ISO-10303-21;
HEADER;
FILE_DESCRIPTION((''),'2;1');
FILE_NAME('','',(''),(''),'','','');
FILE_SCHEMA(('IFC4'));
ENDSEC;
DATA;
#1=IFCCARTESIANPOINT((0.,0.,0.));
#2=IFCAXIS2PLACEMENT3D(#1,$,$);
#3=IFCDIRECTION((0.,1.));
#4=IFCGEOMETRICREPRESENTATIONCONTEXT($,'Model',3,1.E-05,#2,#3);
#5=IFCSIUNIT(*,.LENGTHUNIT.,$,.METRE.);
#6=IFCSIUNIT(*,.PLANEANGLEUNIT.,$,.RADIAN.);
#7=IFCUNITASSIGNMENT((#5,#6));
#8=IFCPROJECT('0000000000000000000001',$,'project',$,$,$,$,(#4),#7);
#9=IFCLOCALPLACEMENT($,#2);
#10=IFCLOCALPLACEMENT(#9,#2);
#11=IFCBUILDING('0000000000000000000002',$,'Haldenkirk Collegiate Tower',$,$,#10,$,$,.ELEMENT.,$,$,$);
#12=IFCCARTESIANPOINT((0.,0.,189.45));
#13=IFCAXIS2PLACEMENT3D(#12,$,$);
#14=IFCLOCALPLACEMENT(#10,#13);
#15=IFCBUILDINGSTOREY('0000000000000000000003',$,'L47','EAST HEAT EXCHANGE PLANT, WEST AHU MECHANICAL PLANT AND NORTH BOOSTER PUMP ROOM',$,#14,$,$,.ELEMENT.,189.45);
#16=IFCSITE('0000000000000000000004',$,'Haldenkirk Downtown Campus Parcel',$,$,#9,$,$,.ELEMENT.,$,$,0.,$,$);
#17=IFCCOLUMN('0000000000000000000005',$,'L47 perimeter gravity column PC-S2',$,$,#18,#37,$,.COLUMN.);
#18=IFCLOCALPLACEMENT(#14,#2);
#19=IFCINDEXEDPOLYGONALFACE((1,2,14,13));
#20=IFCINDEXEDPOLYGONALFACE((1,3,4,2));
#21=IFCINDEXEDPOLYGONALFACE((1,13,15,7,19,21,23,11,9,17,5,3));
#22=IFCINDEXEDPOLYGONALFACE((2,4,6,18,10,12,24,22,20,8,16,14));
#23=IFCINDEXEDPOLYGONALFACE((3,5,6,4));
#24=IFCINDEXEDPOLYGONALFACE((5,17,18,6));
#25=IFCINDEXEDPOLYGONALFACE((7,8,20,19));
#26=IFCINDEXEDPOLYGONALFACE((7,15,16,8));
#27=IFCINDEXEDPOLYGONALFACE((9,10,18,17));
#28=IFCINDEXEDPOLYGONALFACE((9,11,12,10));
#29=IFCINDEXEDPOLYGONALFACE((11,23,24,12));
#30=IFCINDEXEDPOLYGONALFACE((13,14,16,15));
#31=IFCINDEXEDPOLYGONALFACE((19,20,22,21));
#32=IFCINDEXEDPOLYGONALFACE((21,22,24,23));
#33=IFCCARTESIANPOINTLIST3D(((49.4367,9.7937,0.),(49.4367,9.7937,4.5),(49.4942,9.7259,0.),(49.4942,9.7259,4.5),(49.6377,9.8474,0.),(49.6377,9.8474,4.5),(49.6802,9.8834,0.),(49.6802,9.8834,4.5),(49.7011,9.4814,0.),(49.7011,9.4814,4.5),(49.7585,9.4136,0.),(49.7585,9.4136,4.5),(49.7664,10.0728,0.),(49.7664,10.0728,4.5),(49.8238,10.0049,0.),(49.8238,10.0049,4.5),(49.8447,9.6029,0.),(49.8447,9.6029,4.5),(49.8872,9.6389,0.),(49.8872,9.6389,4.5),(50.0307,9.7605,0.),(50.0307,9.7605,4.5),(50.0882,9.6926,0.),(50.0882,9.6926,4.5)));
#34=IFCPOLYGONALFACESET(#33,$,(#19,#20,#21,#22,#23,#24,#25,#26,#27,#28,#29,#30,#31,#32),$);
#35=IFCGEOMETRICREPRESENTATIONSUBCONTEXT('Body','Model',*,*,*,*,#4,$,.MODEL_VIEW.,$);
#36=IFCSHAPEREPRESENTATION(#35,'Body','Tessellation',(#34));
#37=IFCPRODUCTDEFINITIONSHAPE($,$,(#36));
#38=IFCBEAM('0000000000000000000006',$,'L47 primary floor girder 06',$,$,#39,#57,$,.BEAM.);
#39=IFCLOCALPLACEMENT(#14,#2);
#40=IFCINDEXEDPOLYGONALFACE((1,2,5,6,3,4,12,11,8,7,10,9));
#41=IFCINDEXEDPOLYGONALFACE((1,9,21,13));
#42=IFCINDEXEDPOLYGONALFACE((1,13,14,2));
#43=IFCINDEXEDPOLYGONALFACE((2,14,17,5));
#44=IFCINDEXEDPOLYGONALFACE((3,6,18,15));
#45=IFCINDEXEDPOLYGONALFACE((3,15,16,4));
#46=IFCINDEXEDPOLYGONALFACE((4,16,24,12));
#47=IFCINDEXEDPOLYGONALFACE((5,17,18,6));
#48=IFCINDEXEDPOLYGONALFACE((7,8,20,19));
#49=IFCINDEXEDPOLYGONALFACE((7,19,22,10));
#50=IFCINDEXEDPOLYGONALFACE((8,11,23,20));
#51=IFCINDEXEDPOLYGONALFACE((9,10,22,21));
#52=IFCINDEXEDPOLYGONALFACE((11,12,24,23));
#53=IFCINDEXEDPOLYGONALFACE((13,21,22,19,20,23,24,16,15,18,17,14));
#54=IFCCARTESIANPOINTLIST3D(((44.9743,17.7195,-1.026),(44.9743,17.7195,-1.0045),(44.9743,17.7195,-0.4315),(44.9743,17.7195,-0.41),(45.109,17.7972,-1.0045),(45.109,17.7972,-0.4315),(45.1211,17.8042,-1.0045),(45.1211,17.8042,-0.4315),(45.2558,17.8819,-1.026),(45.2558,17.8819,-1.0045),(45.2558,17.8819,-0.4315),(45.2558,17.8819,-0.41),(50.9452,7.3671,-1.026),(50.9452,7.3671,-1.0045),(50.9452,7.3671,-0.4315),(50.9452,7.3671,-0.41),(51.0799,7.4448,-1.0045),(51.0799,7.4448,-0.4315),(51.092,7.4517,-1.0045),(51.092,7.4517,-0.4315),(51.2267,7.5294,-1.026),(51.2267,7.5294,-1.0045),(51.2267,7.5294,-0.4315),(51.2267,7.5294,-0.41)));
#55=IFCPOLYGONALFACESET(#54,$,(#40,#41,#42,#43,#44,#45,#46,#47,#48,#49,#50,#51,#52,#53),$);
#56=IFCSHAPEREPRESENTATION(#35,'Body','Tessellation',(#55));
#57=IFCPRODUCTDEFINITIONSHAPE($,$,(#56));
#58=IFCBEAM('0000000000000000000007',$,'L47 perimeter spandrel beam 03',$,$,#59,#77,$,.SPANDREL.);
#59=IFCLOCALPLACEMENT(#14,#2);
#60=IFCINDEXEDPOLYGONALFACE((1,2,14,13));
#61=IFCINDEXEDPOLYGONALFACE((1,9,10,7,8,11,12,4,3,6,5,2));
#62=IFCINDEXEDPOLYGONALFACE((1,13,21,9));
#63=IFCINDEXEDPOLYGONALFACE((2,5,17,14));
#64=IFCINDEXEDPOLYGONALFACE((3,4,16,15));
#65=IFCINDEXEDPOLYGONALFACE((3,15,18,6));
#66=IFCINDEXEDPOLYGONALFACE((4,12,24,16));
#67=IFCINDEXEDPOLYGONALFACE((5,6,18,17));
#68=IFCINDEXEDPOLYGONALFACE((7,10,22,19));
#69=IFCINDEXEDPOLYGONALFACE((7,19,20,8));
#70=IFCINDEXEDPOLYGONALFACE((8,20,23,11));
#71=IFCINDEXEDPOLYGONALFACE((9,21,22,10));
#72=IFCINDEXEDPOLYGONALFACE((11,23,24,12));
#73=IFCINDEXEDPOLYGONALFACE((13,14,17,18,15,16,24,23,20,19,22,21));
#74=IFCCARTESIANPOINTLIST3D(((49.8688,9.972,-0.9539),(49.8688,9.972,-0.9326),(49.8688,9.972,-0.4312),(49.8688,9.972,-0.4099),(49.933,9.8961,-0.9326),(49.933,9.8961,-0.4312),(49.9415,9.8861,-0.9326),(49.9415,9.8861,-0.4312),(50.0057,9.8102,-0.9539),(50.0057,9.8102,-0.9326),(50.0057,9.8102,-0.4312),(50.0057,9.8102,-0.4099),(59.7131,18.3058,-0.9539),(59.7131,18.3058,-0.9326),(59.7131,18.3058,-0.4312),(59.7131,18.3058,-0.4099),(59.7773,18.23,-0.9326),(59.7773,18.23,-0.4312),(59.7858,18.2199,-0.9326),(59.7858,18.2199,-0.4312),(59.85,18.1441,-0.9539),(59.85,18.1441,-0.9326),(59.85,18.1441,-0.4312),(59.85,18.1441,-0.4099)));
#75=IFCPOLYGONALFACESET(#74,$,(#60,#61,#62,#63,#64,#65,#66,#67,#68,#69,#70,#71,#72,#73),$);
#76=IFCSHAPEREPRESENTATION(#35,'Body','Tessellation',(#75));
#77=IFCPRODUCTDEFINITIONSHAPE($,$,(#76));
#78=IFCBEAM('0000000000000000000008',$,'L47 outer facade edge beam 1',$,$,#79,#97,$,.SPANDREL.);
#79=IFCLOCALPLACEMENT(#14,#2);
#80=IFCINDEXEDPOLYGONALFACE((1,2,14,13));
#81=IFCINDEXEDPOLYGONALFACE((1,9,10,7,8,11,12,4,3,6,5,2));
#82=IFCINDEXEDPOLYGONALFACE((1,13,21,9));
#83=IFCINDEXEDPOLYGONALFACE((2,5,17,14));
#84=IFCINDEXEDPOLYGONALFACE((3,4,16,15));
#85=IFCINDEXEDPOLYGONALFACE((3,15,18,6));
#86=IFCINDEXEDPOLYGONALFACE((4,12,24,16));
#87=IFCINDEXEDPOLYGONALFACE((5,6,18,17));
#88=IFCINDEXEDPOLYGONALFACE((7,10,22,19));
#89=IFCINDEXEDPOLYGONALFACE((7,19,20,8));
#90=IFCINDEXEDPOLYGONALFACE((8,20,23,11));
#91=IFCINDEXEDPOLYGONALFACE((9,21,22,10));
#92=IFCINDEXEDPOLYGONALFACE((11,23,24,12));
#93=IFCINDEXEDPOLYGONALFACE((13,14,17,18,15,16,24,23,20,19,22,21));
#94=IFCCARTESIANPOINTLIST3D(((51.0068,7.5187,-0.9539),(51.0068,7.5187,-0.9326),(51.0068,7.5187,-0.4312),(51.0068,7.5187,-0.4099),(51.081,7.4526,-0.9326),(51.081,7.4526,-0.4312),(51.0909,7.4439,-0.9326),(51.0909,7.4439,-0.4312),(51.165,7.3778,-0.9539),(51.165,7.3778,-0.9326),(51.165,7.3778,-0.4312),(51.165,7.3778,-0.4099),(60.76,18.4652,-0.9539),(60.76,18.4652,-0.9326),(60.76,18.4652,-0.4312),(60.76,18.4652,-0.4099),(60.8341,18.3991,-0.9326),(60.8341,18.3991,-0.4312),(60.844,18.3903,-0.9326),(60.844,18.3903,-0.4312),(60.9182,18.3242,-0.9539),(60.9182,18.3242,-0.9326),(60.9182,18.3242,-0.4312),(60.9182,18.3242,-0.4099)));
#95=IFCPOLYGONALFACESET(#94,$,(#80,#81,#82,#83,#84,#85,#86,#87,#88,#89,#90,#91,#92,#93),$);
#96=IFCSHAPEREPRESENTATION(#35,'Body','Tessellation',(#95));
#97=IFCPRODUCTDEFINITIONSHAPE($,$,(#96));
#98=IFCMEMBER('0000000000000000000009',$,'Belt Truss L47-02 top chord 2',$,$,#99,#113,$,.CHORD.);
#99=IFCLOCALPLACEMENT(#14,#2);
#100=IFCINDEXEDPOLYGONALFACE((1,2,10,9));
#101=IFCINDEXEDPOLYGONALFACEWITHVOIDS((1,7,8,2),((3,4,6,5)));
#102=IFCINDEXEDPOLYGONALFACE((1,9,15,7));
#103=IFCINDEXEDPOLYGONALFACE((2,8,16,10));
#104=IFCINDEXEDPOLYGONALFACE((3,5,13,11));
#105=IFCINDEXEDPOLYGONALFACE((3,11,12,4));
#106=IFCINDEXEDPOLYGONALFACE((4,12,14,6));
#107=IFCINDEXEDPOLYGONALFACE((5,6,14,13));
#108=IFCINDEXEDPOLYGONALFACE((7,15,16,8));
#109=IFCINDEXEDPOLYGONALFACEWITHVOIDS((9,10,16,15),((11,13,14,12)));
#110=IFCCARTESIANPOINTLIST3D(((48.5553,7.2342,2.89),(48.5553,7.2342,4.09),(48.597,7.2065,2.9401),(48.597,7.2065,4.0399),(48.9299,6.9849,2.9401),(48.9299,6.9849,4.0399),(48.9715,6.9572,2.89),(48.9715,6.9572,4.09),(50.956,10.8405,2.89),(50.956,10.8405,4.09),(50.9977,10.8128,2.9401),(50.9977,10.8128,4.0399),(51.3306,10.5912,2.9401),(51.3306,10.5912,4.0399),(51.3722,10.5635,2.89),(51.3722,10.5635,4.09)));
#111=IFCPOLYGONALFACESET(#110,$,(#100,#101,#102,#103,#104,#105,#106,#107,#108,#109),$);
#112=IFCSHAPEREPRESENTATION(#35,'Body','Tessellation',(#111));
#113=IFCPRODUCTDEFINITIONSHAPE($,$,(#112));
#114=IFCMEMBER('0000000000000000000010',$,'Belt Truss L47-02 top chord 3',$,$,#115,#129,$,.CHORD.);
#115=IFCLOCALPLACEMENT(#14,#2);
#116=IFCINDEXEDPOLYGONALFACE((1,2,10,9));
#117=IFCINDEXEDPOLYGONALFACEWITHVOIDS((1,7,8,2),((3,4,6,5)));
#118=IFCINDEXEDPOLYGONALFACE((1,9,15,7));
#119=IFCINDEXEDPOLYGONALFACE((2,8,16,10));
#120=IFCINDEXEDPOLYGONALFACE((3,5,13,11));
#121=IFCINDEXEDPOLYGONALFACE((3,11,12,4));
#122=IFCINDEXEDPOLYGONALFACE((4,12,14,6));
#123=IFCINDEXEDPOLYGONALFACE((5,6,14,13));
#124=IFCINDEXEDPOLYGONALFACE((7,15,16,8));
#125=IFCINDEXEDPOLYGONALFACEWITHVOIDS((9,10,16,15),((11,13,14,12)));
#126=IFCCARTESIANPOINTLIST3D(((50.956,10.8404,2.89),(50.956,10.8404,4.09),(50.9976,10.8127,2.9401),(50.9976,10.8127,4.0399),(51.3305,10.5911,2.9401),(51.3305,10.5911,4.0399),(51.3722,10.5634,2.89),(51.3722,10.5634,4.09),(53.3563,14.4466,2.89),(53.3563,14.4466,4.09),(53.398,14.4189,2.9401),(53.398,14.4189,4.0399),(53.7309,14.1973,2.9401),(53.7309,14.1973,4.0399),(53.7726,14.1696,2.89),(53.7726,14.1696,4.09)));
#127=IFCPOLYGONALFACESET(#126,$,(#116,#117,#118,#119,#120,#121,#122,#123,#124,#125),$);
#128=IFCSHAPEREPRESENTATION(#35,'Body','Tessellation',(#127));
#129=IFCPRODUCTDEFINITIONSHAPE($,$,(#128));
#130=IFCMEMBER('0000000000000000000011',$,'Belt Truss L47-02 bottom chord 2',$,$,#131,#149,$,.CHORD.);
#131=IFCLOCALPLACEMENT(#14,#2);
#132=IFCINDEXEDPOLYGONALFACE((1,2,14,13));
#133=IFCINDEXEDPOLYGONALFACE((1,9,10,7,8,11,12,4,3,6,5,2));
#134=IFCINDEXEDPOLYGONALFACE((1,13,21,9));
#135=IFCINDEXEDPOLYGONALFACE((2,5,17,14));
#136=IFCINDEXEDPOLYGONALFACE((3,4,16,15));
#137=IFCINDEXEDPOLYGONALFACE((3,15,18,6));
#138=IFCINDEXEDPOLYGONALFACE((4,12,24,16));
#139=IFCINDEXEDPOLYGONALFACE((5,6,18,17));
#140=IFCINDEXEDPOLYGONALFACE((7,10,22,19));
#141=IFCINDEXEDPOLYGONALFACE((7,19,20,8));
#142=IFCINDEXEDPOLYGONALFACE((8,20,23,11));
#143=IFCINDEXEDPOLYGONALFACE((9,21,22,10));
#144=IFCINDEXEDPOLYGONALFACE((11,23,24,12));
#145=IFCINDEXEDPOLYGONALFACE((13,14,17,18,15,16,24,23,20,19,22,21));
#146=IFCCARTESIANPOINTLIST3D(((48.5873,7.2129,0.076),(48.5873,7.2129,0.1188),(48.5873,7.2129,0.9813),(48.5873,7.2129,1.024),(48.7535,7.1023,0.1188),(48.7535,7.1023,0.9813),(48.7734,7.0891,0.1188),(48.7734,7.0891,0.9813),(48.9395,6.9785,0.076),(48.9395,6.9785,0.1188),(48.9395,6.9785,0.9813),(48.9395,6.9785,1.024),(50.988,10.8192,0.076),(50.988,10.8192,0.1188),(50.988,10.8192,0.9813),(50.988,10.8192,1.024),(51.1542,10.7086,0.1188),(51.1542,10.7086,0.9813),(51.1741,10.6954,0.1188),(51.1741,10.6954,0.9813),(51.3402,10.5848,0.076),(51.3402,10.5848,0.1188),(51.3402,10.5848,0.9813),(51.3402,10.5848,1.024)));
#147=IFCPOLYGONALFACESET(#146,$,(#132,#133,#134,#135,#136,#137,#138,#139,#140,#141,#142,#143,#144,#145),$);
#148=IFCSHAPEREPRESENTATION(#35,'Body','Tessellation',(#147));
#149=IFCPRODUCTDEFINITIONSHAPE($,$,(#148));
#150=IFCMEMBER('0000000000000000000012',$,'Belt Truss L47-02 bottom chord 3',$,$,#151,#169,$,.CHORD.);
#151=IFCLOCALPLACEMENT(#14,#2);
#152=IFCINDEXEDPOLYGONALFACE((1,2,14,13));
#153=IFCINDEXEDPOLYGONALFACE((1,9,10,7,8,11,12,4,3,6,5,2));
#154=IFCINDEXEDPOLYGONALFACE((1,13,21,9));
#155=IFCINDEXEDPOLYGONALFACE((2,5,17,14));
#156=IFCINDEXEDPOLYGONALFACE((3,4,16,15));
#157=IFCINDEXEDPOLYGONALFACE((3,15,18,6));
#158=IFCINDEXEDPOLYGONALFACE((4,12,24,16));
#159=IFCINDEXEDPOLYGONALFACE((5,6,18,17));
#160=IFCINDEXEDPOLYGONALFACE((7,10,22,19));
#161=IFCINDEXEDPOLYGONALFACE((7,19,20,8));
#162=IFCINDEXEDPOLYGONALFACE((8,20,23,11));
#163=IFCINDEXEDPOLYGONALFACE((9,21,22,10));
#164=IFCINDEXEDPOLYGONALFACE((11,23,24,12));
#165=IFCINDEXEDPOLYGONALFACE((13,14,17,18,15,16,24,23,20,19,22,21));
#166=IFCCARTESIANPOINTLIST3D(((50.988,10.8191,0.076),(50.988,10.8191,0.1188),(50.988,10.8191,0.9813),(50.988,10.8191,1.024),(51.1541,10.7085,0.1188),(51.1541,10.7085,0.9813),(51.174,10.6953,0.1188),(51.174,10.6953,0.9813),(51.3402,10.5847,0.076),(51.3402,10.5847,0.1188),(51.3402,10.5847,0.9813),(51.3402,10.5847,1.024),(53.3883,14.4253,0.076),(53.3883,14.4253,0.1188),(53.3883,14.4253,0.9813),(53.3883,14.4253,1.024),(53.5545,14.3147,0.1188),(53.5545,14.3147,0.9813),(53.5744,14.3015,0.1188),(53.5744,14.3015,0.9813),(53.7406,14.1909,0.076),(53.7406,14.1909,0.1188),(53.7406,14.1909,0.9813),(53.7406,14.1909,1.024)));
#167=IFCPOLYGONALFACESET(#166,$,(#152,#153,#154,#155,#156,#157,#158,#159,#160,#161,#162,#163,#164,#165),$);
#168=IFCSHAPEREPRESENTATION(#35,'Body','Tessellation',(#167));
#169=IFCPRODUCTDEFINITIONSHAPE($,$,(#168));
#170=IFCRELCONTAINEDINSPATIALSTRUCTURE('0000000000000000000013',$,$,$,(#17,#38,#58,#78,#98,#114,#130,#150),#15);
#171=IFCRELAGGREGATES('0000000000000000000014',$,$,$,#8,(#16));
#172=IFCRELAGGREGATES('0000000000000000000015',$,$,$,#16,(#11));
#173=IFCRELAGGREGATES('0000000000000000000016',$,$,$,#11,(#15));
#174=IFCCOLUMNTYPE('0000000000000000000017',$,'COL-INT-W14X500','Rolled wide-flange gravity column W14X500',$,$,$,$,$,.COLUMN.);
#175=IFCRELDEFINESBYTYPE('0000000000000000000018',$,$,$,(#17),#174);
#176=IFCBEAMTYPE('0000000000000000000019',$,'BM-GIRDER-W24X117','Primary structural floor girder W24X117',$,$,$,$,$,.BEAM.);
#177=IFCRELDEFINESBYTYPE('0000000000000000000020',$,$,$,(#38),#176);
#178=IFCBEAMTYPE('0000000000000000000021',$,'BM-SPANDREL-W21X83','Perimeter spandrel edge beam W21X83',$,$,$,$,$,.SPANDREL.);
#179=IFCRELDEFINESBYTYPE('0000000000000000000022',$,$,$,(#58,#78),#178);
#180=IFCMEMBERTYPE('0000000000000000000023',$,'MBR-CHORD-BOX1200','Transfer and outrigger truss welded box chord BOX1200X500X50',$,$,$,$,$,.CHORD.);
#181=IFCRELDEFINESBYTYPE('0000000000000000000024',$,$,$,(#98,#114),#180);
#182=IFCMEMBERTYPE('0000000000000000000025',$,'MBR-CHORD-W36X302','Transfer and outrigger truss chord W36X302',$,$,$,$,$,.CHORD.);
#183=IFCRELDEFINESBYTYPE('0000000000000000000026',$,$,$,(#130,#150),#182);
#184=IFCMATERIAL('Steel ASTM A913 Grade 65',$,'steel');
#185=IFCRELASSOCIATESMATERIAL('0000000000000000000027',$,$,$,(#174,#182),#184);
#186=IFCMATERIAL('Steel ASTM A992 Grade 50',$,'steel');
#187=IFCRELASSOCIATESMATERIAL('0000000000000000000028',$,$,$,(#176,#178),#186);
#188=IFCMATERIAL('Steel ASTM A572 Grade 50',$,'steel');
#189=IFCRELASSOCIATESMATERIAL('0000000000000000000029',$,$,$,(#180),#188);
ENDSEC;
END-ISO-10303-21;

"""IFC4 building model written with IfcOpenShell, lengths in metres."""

from ifc_helpers import new_model, si_unit, direction, frame, origin, origin_2d, place, context, subcontext, project, spatial, hollow_rectangle, i_section, extrude, material, material_profile, profile_set, type_object, element, save


model = new_model("IFC4")

# Units and contexts
model_context = context("Model", 3, precision=1e-05, world=origin(), true_north=direction((0.0, 1.0)))
body_context = subcontext(model_context, "Body", "Model", "MODEL_VIEW")
ifc_project = project(units=[si_unit("LENGTHUNIT", "METRE"), si_unit("PLANEANGLEUNIT", "RADIAN")], contexts=[model_context])

# Site, building, storey
site_placement = place(None, origin())
site = spatial("IfcSite", under=ifc_project, at=site_placement, Name="Haldenkirk Downtown Campus Parcel", CompositionType="ELEMENT", RefElevation=0.0)
building_placement = place(site_placement, origin())
building = spatial("IfcBuilding", under=site, at=building_placement, Name="Haldenkirk Collegiate Tower", CompositionType="ELEMENT")
storey_placement = place(building_placement, frame((0.0, 0.0, 189.45)))
storey = spatial("IfcBuildingStorey", under=building, at=storey_placement, Name="L47", Description="EAST HEAT EXCHANGE PLANT, WEST AHU MECHANICAL PLANT AND NORTH BOOSTER PUMP ROOM", CompositionType="ELEMENT", Elevation=189.45)

# Column
ifc_material_1 = material(Name="Steel ASTM A913 Grade 65", Category="steel")
ifc_material_profile_1 = material_profile(ifc_material_1, i_section(OverallWidth=0.4319, OverallDepth=0.498, WebThickness=0.0557, FlangeThickness=0.0889, at=origin_2d()), Name="W14X500")
ifc_profile_set_1 = profile_set([ifc_material_profile_1], Name="Steel ASTM A913 Grade 65")
column_type = type_object("IfcColumnType", Name="COL-INT-W14X500", Description="Rolled wide-flange gravity column W14X500", PredefinedType="COLUMN", material=ifc_profile_set_1)
column_placement = place(storey_placement, frame((49.7625, 9.7432, 0.0), z_axis=(0.0, 0.0, 1.0), x_axis=(0.763232, 0.646124, 0.0)))
element("IfcColumn", 1, at=column_placement, inside=storey, type_object=column_type, Name="L47 perimeter gravity column PC-S2", PredefinedType="COLUMN", context=body_context, shape_type="SweptSolid", body=[
    extrude(i_section(OverallWidth=0.4319, OverallDepth=0.498, WebThickness=0.0557, FlangeThickness=0.0889, at=origin_2d()), origin(), (0.0, 0.0, 1.0), 4.5),
])

# Beams
ifc_material_2 = material(Name="Steel ASTM A992 Grade 50", Category="steel")
ifc_material_profile_2 = material_profile(ifc_material_2, i_section(OverallWidth=0.325, OverallDepth=0.616, WebThickness=0.0139, FlangeThickness=0.0215, at=origin_2d()), Name="W24X117")
ifc_profile_set_2 = profile_set([ifc_material_profile_2], Name="Steel ASTM A992 Grade 50")
beam_type_1 = type_object("IfcBeamType", Name="BM-GIRDER-W24X117", Description="Primary structural floor girder W24X117", PredefinedType="BEAM", material=ifc_profile_set_2)
beam_1_placement = place(storey_placement, frame((51.0859, 7.4482, -0.718), z_axis=(-0.499618, 0.866246, 0.0), x_axis=(-0.866246, -0.499618, 0.0)))
element("IfcBeam", 2, at=beam_1_placement, inside=storey, type_object=beam_type_1, Name="L47 primary floor girder 06", PredefinedType="BEAM", context=body_context, shape_type="SweptSolid", body=[
    extrude(i_section(OverallWidth=0.325, OverallDepth=0.616, WebThickness=0.0139, FlangeThickness=0.0215, at=origin_2d()), origin(), (0.0, 0.0, 1.0), 11.9509),
])
ifc_material_profile_3 = material_profile(ifc_material_2, i_section(OverallWidth=0.2119, OverallDepth=0.5439, WebThickness=0.0132, FlangeThickness=0.0212, at=origin_2d()), Name="W21X83")
ifc_profile_set_3 = profile_set([ifc_material_profile_3], Name="Steel ASTM A992 Grade 50")
beam_type_2 = type_object("IfcBeamType", Name="BM-SPANDREL-W21X83", Description="Perimeter spandrel edge beam W21X83", PredefinedType="SPANDREL", material=ifc_profile_set_3)
beam_2_placement = place(storey_placement, frame((49.9373, 9.8911, -0.6819), z_axis=(0.763233, 0.646123, 0.0), x_axis=(-0.646123, 0.763233, 0.0)))
element("IfcBeam", 3, at=beam_2_placement, inside=storey, type_object=beam_type_2, Name="L47 perimeter spandrel beam 03", PredefinedType="SPANDREL", context=body_context, shape_type="SweptSolid", body=[
    extrude(i_section(OverallWidth=0.2119, OverallDepth=0.5439, WebThickness=0.0132, FlangeThickness=0.0212, at=origin_2d()), origin(), (0.0, 0.0, 1.0), 12.8982),
])
beam_3_placement = place(storey_placement, frame((51.0859, 7.4482, -0.6819), z_axis=(0.665237, 0.746632, 0.0), x_axis=(-0.746632, 0.665237, 0.0)))
element("IfcBeam", 4, at=beam_3_placement, inside=storey, type_object=beam_type_2, Name="L47 outer facade edge beam 1", PredefinedType="SPANDREL", context=body_context, shape_type="SweptSolid", body=[
    extrude(i_section(OverallWidth=0.2119, OverallDepth=0.5439, WebThickness=0.0132, FlangeThickness=0.0212, at=origin_2d()), origin(), (0.0, 0.0, 1.0), 14.6611),
])

# Members
ifc_material_3 = material(Name="Steel ASTM A572 Grade 50", Category="steel")
ifc_material_profile_4 = material_profile(ifc_material_3, hollow_rectangle(XDim=0.5, YDim=1.2, WallThickness=0.05, at=origin_2d()), Name="BOX1200X500X50")
ifc_profile_set_4 = profile_set([ifc_material_profile_4], Name="Steel ASTM A572 Grade 50")
member_type_1 = type_object("IfcMemberType", Name="MBR-CHORD-BOX1200", Description="Transfer and outrigger truss welded box chord BOX1200X500X50", PredefinedType="CHORD", material=ifc_profile_set_4)
member_1_placement = place(storey_placement, frame((48.7634, 7.0957, 3.49), z_axis=(0.554141, 0.832423, 0.0), x_axis=(-0.832423, 0.554141, 0.0)))
element("IfcMember", 5, at=member_1_placement, inside=storey, type_object=member_type_1, Name="Belt Truss L47-02 top chord 2", PredefinedType="CHORD", context=body_context, shape_type="SweptSolid", body=[
    extrude(hollow_rectangle(XDim=0.5, YDim=1.2, WallThickness=0.05, at=origin_2d()), origin(), (0.0, 0.0, 1.0), 4.3323),
])
member_2_placement = place(storey_placement, frame((51.1641, 10.7019, 3.49), z_axis=(0.554102, 0.832449, 0.0), x_axis=(-0.832449, 0.554102, 0.0)))
element("IfcMember", 6, at=member_2_placement, inside=storey, type_object=member_type_1, Name="Belt Truss L47-02 top chord 3", PredefinedType="CHORD", context=body_context, shape_type="SweptSolid", body=[
    extrude(hollow_rectangle(XDim=0.5, YDim=1.2, WallThickness=0.05, at=origin_2d()), origin(), (0.0, 0.0, 1.0), 4.332),
])
ifc_material_profile_5 = material_profile(ifc_material_1, i_section(OverallWidth=0.4231, OverallDepth=0.948, WebThickness=0.0239, FlangeThickness=0.0427, at=origin_2d()), Name="W36X302")
ifc_profile_set_5 = profile_set([ifc_material_profile_5], Name="Steel ASTM A913 Grade 65")
member_type_2 = type_object("IfcMemberType", Name="MBR-CHORD-W36X302", Description="Transfer and outrigger truss chord W36X302", PredefinedType="CHORD", material=ifc_profile_set_5)
member_3_placement = place(storey_placement, frame((48.7634, 7.0957, 0.55), z_axis=(0.554141, 0.832423, 0.0), x_axis=(-0.832423, 0.554141, 0.0)))
element("IfcMember", 7, at=member_3_placement, inside=storey, type_object=member_type_2, Name="Belt Truss L47-02 bottom chord 2", PredefinedType="CHORD", context=body_context, shape_type="SweptSolid", body=[
    extrude(i_section(OverallWidth=0.4231, OverallDepth=0.948, WebThickness=0.0239, FlangeThickness=0.0427, at=origin_2d()), origin(), (0.0, 0.0, 1.0), 4.3323),
])
member_4_placement = place(storey_placement, frame((51.1641, 10.7019, 0.55), z_axis=(0.554102, 0.832449, 0.0), x_axis=(-0.832449, 0.554102, 0.0)))
element("IfcMember", 8, at=member_4_placement, inside=storey, type_object=member_type_2, Name="Belt Truss L47-02 bottom chord 3", PredefinedType="CHORD", context=body_context, shape_type="SweptSolid", body=[
    extrude(i_section(OverallWidth=0.4231, OverallDepth=0.948, WebThickness=0.0239, FlangeThickness=0.0427, at=origin_2d()), origin(), (0.0, 0.0, 1.0), 4.332),
])

save(model, "model.ifc")
